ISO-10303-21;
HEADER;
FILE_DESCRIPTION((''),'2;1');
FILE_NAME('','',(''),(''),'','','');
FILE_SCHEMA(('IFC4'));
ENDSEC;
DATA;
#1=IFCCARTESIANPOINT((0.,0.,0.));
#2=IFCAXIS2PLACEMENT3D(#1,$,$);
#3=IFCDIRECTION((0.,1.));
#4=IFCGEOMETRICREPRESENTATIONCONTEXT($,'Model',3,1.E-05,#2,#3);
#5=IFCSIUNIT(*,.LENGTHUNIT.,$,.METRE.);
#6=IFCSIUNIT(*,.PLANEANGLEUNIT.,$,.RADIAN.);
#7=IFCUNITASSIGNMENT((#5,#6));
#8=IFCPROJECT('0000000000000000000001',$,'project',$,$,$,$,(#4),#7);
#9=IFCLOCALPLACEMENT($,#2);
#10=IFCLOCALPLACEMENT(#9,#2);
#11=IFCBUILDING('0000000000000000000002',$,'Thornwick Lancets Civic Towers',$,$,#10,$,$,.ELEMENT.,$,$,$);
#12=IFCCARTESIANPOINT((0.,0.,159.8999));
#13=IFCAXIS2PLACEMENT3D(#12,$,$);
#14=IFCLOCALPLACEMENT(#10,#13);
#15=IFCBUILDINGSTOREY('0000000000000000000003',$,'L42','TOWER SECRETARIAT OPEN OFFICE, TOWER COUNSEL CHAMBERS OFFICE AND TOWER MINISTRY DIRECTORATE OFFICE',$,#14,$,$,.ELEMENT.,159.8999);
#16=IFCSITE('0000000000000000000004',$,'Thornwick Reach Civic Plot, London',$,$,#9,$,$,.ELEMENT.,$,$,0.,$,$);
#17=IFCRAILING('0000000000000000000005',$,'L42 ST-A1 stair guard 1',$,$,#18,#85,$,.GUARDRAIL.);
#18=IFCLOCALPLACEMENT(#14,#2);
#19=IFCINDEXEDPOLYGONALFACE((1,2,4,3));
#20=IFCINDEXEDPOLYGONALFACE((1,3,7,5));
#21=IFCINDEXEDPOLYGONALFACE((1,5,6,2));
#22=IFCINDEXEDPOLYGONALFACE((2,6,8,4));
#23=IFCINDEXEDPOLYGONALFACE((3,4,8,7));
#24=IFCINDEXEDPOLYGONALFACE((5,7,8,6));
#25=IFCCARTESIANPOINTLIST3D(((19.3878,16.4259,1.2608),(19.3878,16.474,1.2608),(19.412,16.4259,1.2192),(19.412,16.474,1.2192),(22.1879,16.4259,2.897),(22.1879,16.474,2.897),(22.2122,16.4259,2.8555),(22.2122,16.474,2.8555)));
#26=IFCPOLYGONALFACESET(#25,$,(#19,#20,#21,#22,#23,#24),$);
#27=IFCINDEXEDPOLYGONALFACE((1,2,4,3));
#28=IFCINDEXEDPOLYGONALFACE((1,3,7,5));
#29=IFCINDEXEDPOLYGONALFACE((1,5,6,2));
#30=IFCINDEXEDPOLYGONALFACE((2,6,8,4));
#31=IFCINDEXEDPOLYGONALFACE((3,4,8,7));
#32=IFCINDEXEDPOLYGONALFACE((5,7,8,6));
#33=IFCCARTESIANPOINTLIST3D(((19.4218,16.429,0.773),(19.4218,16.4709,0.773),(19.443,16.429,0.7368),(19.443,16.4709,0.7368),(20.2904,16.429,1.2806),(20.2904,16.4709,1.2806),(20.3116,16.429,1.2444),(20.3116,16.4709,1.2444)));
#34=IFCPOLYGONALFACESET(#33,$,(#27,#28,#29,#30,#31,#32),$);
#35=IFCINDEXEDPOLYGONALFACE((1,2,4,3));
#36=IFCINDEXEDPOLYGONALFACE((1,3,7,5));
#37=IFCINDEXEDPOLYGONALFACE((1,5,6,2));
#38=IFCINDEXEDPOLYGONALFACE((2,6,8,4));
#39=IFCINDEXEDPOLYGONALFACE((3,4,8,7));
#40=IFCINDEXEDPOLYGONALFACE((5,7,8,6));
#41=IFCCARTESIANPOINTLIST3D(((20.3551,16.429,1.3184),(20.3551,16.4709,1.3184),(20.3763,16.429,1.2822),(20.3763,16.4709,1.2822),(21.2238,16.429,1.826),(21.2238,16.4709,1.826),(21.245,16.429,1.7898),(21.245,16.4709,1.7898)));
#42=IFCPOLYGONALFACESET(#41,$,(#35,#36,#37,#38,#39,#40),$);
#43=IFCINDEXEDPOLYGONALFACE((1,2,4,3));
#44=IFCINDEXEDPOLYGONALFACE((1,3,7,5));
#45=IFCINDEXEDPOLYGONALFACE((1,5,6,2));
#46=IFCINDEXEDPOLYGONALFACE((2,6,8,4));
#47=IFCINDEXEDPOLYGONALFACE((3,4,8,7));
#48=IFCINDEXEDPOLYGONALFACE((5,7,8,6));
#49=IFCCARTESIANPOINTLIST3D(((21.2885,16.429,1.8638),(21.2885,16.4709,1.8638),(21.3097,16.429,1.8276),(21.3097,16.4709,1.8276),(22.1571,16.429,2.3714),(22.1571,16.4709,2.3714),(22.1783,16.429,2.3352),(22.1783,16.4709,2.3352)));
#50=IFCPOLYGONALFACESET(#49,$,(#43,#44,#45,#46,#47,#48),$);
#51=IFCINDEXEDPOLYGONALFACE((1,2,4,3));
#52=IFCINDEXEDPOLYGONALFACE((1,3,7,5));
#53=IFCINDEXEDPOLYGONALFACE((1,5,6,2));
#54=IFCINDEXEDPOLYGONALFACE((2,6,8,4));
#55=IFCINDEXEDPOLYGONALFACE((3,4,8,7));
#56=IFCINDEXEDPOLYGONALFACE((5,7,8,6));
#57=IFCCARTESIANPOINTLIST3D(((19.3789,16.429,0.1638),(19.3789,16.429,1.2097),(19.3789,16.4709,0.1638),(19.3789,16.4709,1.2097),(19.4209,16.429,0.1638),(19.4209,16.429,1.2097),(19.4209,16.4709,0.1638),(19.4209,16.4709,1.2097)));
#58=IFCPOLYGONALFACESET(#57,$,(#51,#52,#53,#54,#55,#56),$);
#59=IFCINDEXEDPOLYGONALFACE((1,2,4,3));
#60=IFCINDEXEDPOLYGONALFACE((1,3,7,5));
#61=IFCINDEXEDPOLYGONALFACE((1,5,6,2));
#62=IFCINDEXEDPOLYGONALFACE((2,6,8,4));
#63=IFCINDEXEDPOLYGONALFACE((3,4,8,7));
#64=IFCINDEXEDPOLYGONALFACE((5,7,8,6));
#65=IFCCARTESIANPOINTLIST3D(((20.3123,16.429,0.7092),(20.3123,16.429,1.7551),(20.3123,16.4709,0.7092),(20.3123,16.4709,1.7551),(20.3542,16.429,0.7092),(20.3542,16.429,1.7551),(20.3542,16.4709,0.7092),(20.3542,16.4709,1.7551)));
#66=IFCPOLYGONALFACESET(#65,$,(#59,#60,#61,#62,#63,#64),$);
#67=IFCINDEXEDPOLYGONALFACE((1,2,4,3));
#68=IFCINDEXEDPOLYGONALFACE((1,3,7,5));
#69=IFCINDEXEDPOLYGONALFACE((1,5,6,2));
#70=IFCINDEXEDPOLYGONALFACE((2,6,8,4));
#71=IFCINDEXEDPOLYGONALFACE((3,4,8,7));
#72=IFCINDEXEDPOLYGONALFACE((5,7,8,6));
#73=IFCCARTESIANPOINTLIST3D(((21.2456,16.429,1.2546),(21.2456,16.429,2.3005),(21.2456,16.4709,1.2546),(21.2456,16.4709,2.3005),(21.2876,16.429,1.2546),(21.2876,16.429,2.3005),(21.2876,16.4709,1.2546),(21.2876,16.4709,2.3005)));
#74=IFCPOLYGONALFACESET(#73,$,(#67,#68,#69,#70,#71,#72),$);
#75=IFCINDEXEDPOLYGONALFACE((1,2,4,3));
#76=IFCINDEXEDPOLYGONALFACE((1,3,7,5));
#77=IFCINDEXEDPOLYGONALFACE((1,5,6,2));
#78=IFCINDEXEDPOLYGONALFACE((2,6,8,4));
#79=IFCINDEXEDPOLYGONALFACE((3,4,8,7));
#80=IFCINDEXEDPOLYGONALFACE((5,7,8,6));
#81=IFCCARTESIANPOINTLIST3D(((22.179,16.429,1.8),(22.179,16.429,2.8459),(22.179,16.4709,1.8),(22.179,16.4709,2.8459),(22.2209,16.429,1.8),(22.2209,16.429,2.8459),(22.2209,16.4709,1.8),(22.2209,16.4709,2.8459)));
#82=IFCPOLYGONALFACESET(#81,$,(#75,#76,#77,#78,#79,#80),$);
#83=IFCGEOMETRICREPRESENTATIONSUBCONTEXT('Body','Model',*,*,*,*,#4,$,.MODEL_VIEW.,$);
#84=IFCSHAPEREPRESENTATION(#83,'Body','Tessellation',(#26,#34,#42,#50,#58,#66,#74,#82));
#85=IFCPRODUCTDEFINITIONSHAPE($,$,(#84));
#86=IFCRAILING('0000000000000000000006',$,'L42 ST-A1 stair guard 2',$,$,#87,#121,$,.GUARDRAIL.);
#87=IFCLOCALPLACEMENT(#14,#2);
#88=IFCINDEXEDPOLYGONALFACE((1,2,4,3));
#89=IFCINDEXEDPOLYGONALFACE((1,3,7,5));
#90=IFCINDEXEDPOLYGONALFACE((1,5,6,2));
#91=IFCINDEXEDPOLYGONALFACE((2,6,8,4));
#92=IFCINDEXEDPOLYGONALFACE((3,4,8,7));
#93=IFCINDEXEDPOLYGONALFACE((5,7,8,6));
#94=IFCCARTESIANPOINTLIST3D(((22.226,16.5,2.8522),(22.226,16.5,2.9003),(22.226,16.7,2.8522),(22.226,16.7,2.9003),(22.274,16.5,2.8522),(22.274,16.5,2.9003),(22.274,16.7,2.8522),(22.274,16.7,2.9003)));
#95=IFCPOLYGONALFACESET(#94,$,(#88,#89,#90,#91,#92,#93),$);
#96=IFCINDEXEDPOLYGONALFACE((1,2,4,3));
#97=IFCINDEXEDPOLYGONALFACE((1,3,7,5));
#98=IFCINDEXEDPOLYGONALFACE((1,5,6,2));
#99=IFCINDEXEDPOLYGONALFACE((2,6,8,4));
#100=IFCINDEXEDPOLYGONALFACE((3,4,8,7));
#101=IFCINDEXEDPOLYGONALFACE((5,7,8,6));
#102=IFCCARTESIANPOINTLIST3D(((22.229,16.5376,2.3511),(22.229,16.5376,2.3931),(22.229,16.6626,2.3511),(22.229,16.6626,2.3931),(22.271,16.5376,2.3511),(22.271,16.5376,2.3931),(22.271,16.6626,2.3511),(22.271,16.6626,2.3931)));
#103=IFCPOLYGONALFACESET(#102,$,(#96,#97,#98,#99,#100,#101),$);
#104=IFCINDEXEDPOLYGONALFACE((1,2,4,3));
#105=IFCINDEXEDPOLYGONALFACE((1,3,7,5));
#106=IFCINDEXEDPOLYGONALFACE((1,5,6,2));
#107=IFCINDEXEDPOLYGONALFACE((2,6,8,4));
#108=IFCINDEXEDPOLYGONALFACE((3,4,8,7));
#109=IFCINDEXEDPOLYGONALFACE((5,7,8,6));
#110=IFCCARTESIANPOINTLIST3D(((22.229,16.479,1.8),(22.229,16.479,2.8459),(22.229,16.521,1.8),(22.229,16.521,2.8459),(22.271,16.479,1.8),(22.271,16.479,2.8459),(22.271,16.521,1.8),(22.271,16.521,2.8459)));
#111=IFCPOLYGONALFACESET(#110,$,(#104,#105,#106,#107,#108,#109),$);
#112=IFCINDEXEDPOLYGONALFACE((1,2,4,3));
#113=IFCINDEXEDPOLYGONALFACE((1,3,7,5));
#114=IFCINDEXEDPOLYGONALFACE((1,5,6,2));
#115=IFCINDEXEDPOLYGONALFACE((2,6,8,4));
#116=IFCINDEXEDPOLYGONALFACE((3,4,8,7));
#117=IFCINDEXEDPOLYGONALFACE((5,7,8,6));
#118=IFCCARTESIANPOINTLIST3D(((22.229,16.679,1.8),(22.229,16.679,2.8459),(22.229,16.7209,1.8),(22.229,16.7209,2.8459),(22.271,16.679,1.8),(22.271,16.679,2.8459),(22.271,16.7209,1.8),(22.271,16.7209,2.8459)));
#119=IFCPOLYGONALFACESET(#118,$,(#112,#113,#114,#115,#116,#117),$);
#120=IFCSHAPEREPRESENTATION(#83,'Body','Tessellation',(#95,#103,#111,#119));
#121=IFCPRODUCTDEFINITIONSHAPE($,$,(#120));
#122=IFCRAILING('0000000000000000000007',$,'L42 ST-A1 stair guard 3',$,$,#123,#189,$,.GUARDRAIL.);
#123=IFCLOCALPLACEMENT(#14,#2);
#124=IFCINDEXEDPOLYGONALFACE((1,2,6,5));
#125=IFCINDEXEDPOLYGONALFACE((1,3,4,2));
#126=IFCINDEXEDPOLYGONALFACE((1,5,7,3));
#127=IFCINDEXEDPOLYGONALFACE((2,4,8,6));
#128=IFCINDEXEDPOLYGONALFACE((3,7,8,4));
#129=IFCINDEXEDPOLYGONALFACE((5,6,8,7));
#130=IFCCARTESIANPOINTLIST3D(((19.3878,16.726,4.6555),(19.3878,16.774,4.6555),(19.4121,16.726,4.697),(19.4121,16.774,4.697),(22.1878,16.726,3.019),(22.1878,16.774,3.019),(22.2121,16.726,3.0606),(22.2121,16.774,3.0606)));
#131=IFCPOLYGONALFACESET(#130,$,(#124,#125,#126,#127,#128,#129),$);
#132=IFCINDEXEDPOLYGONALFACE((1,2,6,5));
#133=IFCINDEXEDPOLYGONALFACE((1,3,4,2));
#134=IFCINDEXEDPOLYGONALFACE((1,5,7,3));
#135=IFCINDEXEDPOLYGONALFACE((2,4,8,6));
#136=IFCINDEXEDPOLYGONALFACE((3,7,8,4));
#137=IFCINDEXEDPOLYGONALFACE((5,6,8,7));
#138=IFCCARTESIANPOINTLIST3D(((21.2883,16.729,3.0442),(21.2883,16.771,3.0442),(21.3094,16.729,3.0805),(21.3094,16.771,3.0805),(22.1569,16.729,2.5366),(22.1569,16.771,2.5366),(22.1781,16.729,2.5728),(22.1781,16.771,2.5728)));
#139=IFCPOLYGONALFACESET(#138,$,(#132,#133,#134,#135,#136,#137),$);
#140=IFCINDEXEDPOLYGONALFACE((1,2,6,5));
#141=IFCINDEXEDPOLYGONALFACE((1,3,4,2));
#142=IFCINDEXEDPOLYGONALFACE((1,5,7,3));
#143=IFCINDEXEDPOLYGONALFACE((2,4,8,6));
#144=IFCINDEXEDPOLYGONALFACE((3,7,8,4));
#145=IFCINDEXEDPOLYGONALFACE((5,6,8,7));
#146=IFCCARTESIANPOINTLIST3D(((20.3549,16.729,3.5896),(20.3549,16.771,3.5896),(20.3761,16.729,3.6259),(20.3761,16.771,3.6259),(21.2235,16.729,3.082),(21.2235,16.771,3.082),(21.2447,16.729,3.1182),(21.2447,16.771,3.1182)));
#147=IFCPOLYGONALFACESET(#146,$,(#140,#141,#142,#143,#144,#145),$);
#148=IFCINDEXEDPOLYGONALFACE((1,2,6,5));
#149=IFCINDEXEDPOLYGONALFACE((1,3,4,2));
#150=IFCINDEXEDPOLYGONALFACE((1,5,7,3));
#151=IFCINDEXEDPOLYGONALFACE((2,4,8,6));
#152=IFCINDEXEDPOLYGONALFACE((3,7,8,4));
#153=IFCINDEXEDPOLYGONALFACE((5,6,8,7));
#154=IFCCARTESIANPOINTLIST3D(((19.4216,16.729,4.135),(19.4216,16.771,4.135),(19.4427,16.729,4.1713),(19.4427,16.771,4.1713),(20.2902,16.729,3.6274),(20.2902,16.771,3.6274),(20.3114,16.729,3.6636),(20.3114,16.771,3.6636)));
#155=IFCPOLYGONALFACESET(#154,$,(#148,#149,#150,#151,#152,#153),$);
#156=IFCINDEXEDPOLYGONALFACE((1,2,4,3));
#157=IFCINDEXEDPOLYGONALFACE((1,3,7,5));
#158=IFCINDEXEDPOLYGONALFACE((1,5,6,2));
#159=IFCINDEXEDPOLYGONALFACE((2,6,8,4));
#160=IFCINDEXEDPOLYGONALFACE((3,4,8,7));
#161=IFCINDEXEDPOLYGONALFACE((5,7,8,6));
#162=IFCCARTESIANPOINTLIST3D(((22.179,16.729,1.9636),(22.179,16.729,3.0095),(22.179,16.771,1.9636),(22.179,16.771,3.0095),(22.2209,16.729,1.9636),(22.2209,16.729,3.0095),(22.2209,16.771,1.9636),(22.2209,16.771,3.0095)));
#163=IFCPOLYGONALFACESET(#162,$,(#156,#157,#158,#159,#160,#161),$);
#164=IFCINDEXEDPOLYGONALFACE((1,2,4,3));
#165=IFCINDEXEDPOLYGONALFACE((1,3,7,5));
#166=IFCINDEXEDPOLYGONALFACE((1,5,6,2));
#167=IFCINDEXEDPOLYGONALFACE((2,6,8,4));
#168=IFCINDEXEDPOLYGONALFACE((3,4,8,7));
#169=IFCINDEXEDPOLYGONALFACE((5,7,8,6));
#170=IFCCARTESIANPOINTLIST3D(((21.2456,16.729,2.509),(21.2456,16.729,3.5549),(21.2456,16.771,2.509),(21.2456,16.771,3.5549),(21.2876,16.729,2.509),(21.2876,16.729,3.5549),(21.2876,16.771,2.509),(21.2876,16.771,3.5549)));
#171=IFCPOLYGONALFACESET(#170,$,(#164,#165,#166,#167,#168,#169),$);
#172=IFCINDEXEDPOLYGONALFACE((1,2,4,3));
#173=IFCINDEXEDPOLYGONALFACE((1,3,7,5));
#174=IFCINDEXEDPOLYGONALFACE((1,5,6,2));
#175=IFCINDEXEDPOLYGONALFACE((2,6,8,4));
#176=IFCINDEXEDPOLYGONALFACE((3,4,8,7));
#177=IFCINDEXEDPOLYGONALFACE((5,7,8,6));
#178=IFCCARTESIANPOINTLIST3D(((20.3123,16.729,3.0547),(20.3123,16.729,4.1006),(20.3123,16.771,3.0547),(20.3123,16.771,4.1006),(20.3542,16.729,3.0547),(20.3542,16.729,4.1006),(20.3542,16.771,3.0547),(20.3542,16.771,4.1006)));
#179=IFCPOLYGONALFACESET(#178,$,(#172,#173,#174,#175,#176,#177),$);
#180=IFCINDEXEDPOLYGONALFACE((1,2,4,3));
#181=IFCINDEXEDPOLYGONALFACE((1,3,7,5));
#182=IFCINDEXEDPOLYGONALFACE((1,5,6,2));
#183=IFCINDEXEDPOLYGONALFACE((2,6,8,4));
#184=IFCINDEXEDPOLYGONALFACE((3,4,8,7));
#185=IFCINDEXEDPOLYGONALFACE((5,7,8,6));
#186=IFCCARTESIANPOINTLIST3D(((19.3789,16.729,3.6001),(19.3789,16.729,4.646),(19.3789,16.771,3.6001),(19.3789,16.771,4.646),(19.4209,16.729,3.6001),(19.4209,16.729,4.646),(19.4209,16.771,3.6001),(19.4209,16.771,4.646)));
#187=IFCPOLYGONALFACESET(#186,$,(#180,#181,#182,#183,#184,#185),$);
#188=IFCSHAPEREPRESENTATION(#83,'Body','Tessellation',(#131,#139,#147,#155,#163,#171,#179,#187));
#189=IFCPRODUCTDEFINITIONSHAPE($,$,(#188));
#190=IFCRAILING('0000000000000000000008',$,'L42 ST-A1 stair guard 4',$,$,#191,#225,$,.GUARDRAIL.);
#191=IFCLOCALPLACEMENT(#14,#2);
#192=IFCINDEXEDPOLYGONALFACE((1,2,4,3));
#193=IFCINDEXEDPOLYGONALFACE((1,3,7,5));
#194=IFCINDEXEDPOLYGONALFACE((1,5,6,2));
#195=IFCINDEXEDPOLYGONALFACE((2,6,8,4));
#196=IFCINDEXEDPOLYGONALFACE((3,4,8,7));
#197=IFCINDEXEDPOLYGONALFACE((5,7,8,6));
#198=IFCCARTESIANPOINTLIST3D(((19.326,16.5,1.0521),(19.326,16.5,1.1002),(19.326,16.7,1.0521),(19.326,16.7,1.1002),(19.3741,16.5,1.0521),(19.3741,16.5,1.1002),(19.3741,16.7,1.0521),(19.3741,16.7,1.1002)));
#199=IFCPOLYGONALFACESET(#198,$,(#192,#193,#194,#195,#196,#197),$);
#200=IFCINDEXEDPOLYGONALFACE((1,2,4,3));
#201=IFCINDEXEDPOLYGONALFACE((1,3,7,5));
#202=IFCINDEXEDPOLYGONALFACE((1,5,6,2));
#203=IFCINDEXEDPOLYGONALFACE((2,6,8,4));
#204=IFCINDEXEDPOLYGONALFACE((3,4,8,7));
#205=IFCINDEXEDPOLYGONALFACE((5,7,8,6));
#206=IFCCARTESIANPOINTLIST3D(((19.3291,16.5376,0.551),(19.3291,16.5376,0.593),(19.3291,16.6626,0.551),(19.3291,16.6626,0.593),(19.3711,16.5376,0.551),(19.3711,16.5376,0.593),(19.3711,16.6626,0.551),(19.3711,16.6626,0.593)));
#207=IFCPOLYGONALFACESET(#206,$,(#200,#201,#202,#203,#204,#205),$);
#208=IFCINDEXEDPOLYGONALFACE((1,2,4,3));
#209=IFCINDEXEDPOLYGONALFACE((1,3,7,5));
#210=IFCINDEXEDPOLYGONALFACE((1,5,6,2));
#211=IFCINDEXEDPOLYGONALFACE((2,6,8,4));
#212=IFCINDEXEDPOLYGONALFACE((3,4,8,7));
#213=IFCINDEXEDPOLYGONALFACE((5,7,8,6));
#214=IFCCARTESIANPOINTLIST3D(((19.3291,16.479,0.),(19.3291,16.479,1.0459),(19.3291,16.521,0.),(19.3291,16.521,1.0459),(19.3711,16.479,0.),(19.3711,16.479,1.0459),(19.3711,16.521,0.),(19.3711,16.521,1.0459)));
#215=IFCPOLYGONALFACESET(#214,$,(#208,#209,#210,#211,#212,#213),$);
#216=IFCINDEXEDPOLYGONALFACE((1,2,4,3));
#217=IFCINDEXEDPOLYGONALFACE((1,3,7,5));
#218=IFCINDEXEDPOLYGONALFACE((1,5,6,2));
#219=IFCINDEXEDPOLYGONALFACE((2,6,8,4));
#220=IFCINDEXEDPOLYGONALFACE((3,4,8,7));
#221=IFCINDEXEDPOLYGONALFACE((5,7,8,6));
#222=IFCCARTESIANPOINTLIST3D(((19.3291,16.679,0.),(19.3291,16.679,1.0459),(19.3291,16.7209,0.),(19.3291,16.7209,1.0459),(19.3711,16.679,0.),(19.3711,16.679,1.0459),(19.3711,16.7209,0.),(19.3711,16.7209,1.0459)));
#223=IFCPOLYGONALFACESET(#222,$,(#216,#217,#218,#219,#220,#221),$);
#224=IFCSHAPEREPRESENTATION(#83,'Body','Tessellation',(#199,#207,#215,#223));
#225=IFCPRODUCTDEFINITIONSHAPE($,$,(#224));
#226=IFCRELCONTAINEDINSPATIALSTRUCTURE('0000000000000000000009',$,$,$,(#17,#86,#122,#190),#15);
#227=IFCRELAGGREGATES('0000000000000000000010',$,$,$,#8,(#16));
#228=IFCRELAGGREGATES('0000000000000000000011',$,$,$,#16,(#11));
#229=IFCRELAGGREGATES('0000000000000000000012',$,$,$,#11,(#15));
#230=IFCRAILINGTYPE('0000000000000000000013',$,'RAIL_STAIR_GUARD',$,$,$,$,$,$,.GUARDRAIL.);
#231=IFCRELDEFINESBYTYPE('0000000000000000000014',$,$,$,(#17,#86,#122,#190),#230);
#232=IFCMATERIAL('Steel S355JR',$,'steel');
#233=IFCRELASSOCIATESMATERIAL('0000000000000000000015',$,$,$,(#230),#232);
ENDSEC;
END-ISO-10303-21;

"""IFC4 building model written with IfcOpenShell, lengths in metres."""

from ifc_helpers import new_model, si_unit, direction, frame, origin, origin_2d, place, context, subcontext, project, spatial, rectangle, extrude, material, type_object, element, save


model = new_model("IFC4")

# Units and contexts
model_context = context("Model", 3, precision=1e-05, world=origin(), true_north=direction((0.0, 1.0)))
body_context = subcontext(model_context, "Body", "Model", "MODEL_VIEW")
ifc_project = project(units=[si_unit("LENGTHUNIT", "METRE"), si_unit("PLANEANGLEUNIT", "RADIAN")], contexts=[model_context])

# Site, building, storey
site_placement = place(None, origin())
site = spatial("IfcSite", under=ifc_project, at=site_placement, Name="Thornwick Reach Civic Plot, London", CompositionType="ELEMENT", RefElevation=0.0)
building_placement = place(site_placement, origin())
building = spatial("IfcBuilding", under=site, at=building_placement, Name="Thornwick Lancets Civic Towers", CompositionType="ELEMENT")
storey_placement = place(building_placement, frame((0.0, 0.0, 159.8999)))
storey = spatial("IfcBuildingStorey", under=building, at=storey_placement, Name="L42", Description="TOWER SECRETARIAT OPEN OFFICE, TOWER COUNSEL CHAMBERS OFFICE AND TOWER MINISTRY DIRECTORATE OFFICE", CompositionType="ELEMENT", Elevation=159.8999)

# Shared definitions
ifc_material_1 = material(Name="Steel S355JR", Category="steel")

# Railings
railing_type_1 = type_object("IfcRailingType", Name="RAIL_STAIR_GUARD", PredefinedType="GUARDRAIL", material=ifc_material_1)
railing_1_placement = place(storey_placement, frame((19.3999, 16.45, 0.1638)))
element("IfcRailing", 1, at=railing_1_placement, inside=storey, type_object=railing_type_1, Name="L42 ST-A1 stair guard 1", PredefinedType="GUARDRAIL", context=body_context, shape_type="SweptSolid", body=[
    extrude(rectangle(XDim=0.0481, YDim=0.0481, at=origin_2d()), frame((0.0, 0.0, 1.0762), z_axis=(0.863394, 0.0, 0.504531), x_axis=(0.0, 1.0, 0.0)), (0.0, 0.0, 1.0), 3.2432),
    extrude(rectangle(XDim=0.042, YDim=0.042, at=origin_2d()), frame((0.0325, 0.0, 0.5911), z_axis=(0.863394, 0.0, 0.504531), x_axis=(0.0, 1.0, 0.0)), (0.0, 0.0, 1.0), 1.0061),
    extrude(rectangle(XDim=0.042, YDim=0.042, at=origin_2d()), frame((0.9658, 0.0, 1.1365), z_axis=(0.863394, 0.0, 0.504531), x_axis=(0.0, 1.0, 0.0)), (0.0, 0.0, 1.0), 1.0061),
    extrude(rectangle(XDim=0.042, YDim=0.042, at=origin_2d()), frame((1.8992, 0.0, 1.6819), z_axis=(0.863394, 0.0, 0.504531), x_axis=(0.0, 1.0, 0.0)), (0.0, 0.0, 1.0), 1.0061),
    extrude(rectangle(XDim=0.042, YDim=0.042, at=origin_2d()), origin(), (0.0, 0.0, 1.0), 1.0459),
    extrude(rectangle(XDim=0.042, YDim=0.042, at=origin_2d()), frame((0.9333, 0.0, 0.5454)), (0.0, 0.0, 1.0), 1.0459),
    extrude(rectangle(XDim=0.042, YDim=0.042, at=origin_2d()), frame((1.8667, 0.0, 1.0908)), (0.0, 0.0, 1.0), 1.0459),
    extrude(rectangle(XDim=0.042, YDim=0.042, at=origin_2d()), frame((2.8, 0.0, 1.6362)), (0.0, 0.0, 1.0), 1.0459),
])
railing_2_placement = place(storey_placement, frame((22.25, 16.5, 1.8)))
element("IfcRailing", 2, at=railing_2_placement, inside=storey, type_object=railing_type_1, Name="L42 ST-A1 stair guard 2", PredefinedType="GUARDRAIL", context=body_context, shape_type="SweptSolid", body=[
    extrude(rectangle(XDim=0.0481, YDim=0.0481, at=origin_2d()), frame((0.0, 0.0, 1.0762), z_axis=(0.0, 1.0, 0.0), x_axis=(-1.0, 0.0, 0.0)), (0.0, 0.0, 1.0), 0.2),
    extrude(rectangle(XDim=0.042, YDim=0.042, at=origin_2d()), frame((0.0, 0.0376, 0.572), z_axis=(0.0, 1.0, 0.0), x_axis=(-1.0, 0.0, 0.0)), (0.0, 0.0, 1.0), 0.125),
    extrude(rectangle(XDim=0.042, YDim=0.042, at=origin_2d()), origin(), (0.0, 0.0, 1.0), 1.0459),
    extrude(rectangle(XDim=0.042, YDim=0.042, at=origin_2d()), frame((0.0, 0.2, 0.0)), (0.0, 0.0, 1.0), 1.0459),
])
railing_3_placement = place(storey_placement, frame((22.2, 16.75, 1.9636)))
element("IfcRailing", 3, at=railing_3_placement, inside=storey, type_object=railing_type_1, Name="L42 ST-A1 stair guard 3", PredefinedType="GUARDRAIL", context=body_context, shape_type="SweptSolid", body=[
    extrude(rectangle(XDim=0.0481, YDim=0.0481, at=origin_2d()), frame((0.0, 0.0, 1.0762), z_axis=(-0.863361, 0.0, 0.504587), x_axis=(0.0, -1.0, 0.0)), (0.0, 0.0, 1.0), 3.2432),
    extrude(rectangle(XDim=0.042, YDim=0.042, at=origin_2d()), frame((-0.0325, 0.0, 0.5911), z_axis=(-0.863361, 0.0, 0.504587), x_axis=(0.0, -1.0, 0.0)), (0.0, 0.0, 1.0), 1.0061),
    extrude(rectangle(XDim=0.042, YDim=0.042, at=origin_2d()), frame((-0.9658, 0.0, 1.1365), z_axis=(-0.863361, 0.0, 0.504587), x_axis=(0.0, -1.0, 0.0)), (0.0, 0.0, 1.0), 1.0061),
    extrude(rectangle(XDim=0.042, YDim=0.042, at=origin_2d()), frame((-1.8992, 0.0, 1.6819), z_axis=(-0.863361, 0.0, 0.504587), x_axis=(0.0, -1.0, 0.0)), (0.0, 0.0, 1.0), 1.0061),
    extrude(rectangle(XDim=0.042, YDim=0.042, at=origin_2d()), origin(), (0.0, 0.0, 1.0), 1.0459),
    extrude(rectangle(XDim=0.042, YDim=0.042, at=origin_2d()), frame((-0.9333, 0.0, 0.5454)), (0.0, 0.0, 1.0), 1.0459),
    extrude(rectangle(XDim=0.042, YDim=0.042, at=origin_2d()), frame((-1.8667, 0.0, 1.0911)), (0.0, 0.0, 1.0), 1.0459),
    extrude(rectangle(XDim=0.042, YDim=0.042, at=origin_2d()), frame((-2.8, 0.0, 1.6365)), (0.0, 0.0, 1.0), 1.0459),
])
railing_4_placement = place(storey_placement, frame((19.3501, 16.5, 0.0)))
element("IfcRailing", 4, at=railing_4_placement, inside=storey, type_object=railing_type_1, Name="L42 ST-A1 stair guard 4", PredefinedType="GUARDRAIL", context=body_context, shape_type="SweptSolid", body=[
    extrude(rectangle(XDim=0.0481, YDim=0.0481, at=origin_2d()), frame((0.0, 0.0, 1.0762), z_axis=(0.0, 1.0, 0.0), x_axis=(-1.0, 0.0, 0.0)), (0.0, 0.0, 1.0), 0.2),
    extrude(rectangle(XDim=0.042, YDim=0.042, at=origin_2d()), frame((0.0, 0.0376, 0.572), z_axis=(0.0, 1.0, 0.0), x_axis=(-1.0, 0.0, 0.0)), (0.0, 0.0, 1.0), 0.125),
    extrude(rectangle(XDim=0.042, YDim=0.042, at=origin_2d()), origin(), (0.0, 0.0, 1.0), 1.0459),
    extrude(rectangle(XDim=0.042, YDim=0.042, at=origin_2d()), frame((0.0, 0.2, 0.0)), (0.0, 0.0, 1.0), 1.0459),
])

save(model, "model.ifc")
